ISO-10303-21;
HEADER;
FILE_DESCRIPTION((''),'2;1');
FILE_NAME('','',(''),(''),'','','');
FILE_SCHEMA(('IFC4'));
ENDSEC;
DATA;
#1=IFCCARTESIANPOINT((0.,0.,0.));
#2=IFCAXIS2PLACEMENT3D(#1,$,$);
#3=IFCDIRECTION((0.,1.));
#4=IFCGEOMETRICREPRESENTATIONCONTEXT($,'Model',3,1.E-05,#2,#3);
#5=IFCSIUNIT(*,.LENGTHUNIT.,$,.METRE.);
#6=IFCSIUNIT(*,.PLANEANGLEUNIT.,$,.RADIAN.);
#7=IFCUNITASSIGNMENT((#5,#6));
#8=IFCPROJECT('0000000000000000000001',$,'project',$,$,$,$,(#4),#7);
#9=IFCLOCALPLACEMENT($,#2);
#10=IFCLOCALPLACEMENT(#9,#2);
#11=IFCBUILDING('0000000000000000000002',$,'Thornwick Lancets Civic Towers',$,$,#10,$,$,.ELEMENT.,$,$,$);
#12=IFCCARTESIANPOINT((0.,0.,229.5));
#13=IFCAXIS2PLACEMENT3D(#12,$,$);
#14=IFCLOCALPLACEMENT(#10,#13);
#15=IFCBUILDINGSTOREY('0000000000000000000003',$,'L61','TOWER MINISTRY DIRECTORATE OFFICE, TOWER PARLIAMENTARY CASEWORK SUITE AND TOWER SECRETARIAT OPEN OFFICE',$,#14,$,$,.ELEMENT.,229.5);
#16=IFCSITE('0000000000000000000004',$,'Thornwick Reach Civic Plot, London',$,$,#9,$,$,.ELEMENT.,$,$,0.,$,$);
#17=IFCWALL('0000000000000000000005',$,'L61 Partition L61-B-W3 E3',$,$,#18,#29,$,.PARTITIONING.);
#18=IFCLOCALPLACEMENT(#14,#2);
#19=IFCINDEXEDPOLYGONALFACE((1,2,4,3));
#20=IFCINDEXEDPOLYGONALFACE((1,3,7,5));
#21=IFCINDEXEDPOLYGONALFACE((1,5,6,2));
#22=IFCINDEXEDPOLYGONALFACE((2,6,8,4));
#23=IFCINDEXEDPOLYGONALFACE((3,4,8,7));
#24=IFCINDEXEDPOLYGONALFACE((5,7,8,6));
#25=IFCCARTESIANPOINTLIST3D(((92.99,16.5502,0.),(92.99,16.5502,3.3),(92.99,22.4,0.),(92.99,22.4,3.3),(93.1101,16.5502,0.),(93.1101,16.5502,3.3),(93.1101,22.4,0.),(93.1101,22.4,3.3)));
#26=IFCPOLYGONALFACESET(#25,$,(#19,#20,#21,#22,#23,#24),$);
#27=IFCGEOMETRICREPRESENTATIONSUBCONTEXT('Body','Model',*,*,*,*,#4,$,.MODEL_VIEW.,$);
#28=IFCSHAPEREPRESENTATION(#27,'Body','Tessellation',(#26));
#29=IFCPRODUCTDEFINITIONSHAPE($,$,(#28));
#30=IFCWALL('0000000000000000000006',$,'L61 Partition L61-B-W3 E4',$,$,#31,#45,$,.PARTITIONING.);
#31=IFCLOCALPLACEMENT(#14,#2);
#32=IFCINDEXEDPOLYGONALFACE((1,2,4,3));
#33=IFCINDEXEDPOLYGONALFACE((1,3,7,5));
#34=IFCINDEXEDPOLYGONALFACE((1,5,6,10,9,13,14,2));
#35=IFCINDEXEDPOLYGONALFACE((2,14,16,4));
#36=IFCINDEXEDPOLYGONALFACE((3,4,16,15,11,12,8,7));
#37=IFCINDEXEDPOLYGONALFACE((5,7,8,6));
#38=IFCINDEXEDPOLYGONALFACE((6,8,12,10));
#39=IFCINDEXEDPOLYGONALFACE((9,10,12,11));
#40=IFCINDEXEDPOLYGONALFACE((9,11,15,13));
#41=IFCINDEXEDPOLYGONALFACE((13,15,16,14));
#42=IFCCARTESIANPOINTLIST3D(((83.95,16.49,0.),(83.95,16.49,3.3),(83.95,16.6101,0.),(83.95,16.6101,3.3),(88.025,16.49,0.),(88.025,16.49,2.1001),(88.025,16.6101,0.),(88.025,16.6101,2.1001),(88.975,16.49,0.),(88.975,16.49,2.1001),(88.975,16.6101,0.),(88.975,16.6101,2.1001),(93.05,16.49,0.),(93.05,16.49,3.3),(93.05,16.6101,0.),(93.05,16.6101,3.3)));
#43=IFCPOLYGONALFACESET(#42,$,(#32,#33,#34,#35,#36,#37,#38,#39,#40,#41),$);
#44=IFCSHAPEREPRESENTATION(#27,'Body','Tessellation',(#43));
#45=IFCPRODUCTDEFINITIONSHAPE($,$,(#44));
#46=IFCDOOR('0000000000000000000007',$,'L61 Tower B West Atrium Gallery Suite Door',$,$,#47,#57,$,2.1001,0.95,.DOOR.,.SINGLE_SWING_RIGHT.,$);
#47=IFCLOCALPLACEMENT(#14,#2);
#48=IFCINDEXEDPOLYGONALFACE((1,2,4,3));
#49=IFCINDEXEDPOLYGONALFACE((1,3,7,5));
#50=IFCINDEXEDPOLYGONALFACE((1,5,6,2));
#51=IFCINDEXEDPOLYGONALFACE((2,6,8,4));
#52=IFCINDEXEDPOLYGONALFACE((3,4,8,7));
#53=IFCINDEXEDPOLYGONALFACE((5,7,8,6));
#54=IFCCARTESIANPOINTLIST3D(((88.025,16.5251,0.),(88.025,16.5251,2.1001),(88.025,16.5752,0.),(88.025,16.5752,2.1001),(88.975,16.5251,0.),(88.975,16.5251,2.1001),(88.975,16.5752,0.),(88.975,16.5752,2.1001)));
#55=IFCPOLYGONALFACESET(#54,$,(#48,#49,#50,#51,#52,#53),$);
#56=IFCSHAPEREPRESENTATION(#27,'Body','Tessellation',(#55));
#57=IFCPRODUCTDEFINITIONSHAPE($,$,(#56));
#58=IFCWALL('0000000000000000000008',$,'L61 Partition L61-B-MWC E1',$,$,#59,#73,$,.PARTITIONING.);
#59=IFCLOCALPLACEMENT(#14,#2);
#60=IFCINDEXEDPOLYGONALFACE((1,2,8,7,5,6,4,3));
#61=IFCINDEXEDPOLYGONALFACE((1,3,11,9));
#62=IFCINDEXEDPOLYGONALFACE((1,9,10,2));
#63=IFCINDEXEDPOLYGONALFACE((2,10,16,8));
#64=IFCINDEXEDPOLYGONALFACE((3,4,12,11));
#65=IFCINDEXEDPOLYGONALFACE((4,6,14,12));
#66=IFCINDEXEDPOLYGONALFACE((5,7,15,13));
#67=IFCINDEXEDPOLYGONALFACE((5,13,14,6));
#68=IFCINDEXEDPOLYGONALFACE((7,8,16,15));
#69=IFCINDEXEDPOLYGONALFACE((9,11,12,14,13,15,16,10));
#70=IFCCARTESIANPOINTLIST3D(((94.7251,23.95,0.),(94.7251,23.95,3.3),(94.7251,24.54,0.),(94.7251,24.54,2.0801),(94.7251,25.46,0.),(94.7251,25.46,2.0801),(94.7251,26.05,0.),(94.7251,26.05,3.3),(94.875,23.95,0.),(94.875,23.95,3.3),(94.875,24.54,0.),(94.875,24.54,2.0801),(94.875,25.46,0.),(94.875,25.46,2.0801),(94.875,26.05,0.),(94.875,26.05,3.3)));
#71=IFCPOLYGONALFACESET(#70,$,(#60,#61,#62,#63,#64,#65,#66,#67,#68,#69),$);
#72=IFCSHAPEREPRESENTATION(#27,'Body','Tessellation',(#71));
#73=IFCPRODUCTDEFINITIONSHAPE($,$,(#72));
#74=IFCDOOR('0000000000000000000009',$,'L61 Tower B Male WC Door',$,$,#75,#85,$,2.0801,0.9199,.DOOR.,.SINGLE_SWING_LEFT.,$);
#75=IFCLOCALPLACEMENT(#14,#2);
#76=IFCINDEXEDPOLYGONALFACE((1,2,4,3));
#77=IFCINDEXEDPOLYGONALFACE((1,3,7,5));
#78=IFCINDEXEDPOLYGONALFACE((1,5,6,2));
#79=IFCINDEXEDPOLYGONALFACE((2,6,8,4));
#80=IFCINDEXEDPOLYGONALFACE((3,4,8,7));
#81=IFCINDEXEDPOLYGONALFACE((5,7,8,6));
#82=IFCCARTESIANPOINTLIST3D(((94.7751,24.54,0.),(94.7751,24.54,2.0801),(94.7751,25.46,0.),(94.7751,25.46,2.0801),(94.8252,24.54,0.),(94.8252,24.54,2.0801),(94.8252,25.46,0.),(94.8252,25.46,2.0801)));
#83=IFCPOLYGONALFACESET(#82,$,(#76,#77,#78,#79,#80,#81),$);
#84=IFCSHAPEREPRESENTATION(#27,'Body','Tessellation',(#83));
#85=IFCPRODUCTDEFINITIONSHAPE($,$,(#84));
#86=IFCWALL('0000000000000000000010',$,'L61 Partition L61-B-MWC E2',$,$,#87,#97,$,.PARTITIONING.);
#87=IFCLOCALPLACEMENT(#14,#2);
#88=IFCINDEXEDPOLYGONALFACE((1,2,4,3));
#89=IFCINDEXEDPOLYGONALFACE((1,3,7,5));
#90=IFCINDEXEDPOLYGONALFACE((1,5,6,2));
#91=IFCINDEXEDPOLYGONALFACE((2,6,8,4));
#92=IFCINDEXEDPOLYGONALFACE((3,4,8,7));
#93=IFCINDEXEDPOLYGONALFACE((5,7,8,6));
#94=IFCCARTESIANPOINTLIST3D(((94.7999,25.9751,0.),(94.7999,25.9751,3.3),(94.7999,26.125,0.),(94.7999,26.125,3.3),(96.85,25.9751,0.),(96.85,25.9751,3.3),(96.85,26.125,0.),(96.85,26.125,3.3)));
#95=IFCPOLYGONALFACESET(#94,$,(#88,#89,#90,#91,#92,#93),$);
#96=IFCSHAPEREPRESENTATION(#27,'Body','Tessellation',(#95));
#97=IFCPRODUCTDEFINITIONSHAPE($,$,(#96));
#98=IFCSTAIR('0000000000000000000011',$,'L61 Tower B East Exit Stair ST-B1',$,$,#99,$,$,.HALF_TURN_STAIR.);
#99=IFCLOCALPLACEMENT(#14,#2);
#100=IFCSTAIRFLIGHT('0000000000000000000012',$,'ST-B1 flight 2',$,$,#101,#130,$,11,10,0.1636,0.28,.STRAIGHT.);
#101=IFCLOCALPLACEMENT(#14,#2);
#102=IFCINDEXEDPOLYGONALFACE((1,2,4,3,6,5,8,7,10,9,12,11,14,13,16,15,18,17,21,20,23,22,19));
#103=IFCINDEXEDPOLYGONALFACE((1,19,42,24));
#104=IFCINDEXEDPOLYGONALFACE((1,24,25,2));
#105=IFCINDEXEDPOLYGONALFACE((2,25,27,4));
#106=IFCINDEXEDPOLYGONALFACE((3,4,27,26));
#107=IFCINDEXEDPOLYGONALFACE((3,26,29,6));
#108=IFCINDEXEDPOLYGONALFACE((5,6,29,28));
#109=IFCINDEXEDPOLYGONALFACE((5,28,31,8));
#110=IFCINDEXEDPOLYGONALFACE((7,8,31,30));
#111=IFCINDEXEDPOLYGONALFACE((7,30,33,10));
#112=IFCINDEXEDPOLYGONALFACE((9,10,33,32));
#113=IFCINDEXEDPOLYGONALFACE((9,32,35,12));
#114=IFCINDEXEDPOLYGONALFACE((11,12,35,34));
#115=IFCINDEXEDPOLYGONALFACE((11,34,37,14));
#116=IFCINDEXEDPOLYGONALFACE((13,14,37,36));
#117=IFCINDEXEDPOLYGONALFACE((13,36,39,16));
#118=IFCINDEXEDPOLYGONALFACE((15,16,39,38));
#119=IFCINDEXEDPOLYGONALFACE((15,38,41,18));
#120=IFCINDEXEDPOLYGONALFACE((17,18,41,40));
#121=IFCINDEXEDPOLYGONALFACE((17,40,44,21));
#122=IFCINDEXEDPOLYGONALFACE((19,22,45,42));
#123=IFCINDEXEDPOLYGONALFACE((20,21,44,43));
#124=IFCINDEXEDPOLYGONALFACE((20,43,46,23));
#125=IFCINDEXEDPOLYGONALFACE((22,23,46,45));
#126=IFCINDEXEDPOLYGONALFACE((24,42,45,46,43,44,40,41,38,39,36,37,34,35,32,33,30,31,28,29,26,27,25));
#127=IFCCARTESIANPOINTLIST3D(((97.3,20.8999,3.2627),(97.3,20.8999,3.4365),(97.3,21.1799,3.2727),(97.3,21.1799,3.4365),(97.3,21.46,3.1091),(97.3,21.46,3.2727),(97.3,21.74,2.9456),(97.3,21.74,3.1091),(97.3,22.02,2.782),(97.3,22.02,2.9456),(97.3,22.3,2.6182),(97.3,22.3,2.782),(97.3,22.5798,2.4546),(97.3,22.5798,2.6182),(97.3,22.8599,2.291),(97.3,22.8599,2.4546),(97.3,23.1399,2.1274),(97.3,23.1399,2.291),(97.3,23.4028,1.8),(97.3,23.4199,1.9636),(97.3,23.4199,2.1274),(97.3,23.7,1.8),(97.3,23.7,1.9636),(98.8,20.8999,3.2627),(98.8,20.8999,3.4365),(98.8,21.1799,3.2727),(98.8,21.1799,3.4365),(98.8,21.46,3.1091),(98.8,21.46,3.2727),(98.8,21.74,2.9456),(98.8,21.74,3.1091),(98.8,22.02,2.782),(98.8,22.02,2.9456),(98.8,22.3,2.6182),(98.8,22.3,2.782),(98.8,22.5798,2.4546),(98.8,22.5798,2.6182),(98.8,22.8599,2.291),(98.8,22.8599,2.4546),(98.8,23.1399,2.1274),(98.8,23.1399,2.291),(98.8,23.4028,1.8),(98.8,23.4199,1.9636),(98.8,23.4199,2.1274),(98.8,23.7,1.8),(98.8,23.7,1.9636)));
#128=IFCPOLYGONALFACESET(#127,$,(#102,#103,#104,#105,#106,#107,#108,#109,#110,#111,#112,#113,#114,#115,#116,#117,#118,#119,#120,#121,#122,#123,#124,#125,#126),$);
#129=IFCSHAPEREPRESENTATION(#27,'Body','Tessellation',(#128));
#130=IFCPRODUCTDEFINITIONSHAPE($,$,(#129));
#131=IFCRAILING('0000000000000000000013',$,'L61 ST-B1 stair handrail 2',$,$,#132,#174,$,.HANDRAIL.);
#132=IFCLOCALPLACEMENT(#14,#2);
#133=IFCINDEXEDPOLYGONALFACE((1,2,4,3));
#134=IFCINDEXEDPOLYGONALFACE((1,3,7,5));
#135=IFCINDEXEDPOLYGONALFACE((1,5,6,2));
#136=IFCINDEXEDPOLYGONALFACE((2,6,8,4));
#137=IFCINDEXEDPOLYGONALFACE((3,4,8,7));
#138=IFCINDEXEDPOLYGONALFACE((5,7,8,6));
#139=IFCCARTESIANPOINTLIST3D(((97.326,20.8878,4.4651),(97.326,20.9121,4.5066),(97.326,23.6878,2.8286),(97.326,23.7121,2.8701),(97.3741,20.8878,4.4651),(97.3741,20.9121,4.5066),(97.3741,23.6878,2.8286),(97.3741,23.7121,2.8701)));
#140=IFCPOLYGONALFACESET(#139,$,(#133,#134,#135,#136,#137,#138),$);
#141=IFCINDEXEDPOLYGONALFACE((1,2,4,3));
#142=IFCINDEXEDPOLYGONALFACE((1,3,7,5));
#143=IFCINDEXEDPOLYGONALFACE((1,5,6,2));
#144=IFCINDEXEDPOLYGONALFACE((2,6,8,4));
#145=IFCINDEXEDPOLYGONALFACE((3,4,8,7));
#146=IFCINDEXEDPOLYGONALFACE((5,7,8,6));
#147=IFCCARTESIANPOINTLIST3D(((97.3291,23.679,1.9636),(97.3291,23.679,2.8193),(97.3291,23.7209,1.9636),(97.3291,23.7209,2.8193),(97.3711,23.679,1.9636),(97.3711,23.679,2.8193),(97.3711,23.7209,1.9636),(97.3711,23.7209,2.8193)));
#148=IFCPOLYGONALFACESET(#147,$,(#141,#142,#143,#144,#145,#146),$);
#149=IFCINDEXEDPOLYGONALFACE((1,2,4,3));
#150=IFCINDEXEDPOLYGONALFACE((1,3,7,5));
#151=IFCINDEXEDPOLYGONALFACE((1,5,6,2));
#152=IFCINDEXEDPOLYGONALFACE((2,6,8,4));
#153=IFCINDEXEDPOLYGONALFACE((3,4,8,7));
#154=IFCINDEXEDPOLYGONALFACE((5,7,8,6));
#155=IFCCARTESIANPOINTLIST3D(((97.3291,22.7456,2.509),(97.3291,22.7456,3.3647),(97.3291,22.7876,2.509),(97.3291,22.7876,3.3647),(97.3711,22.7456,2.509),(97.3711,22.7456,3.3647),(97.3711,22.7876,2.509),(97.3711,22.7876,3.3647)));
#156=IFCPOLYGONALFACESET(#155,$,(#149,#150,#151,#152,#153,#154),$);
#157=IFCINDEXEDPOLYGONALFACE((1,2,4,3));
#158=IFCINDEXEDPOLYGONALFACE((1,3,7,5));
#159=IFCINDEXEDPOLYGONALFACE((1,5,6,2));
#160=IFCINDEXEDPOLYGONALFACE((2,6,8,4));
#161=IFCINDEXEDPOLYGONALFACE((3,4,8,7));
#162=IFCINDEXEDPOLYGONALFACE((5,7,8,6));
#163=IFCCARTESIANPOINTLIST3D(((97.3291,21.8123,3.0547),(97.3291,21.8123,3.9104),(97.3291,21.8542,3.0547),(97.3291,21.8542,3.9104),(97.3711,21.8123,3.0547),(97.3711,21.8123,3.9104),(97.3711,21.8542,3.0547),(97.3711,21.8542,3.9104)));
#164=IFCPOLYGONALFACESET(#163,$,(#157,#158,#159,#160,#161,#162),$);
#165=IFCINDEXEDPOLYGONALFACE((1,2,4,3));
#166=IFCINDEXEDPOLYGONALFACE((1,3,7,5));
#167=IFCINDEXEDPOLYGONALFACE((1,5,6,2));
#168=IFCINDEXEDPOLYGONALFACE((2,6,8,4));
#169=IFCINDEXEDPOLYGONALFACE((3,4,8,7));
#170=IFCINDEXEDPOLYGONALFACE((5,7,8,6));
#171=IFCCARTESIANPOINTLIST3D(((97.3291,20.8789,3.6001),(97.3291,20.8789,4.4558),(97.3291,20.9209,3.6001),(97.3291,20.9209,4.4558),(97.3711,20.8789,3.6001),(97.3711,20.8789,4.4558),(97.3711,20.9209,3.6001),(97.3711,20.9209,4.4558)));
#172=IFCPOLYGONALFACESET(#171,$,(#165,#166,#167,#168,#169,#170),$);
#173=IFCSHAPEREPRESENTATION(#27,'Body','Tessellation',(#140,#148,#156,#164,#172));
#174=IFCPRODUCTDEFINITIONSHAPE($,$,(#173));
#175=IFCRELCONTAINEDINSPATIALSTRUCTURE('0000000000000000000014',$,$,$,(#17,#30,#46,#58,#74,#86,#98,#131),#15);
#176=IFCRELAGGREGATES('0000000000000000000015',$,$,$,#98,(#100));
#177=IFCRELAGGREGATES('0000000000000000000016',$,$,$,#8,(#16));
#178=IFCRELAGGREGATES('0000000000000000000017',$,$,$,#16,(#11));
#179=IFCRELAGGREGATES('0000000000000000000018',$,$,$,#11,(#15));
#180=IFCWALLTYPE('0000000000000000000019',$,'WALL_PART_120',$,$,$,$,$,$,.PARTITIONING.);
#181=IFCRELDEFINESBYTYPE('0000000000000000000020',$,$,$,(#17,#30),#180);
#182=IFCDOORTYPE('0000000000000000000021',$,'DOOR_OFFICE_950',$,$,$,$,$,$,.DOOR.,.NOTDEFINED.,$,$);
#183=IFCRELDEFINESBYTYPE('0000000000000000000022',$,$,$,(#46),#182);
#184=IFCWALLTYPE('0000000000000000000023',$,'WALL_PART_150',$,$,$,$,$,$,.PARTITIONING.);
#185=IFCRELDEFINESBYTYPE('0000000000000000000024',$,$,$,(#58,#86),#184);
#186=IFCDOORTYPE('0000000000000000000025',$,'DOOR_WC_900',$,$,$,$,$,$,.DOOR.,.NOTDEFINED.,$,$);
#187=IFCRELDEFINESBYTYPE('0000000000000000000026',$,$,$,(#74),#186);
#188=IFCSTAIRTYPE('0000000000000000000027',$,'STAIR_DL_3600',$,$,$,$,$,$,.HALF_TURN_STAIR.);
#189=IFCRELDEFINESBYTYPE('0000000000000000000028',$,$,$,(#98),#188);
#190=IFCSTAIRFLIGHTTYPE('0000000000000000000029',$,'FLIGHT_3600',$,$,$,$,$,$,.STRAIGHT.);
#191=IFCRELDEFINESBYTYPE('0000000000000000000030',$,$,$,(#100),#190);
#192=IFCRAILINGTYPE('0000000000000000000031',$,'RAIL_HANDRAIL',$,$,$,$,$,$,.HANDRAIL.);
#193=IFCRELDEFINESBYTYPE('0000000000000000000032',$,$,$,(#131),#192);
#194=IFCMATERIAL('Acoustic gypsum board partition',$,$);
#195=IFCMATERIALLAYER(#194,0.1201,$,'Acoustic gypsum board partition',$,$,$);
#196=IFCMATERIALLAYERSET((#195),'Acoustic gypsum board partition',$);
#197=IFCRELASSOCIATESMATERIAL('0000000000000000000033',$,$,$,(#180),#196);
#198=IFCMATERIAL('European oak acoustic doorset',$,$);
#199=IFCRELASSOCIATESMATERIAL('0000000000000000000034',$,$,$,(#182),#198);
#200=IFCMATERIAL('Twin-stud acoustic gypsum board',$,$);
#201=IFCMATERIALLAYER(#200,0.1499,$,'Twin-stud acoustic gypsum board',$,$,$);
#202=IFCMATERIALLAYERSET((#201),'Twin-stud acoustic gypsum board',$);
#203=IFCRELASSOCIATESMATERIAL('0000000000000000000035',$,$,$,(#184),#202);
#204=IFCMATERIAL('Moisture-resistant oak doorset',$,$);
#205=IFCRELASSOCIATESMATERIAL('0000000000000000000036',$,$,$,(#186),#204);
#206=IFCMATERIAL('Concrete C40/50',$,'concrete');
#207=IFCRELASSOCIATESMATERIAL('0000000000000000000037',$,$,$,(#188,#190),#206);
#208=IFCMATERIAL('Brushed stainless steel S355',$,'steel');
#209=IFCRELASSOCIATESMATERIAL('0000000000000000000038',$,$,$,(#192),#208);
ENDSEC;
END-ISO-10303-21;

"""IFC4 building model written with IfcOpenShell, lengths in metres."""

from ifc_helpers import new_model, si_unit, direction, frame, frame_2d, origin, origin_2d, place, context, subcontext, project, spatial, polyline, rectangle, outline, extrude, material, layer, layer_set, type_object, element, fill, aggregate, save


model = new_model("IFC4")

# Units and contexts
model_context = context("Model", 3, precision=1e-05, world=origin(), true_north=direction((0.0, 1.0)))
body_context = subcontext(model_context, "Body", "Model", "MODEL_VIEW")
ifc_project = project(units=[si_unit("LENGTHUNIT", "METRE"), si_unit("PLANEANGLEUNIT", "RADIAN")], contexts=[model_context])

# Site, building, storey
site_placement = place(None, origin())
site = spatial("IfcSite", under=ifc_project, at=site_placement, Name="Thornwick Reach Civic Plot, London", CompositionType="ELEMENT", RefElevation=0.0)
building_placement = place(site_placement, origin())
building = spatial("IfcBuilding", under=site, at=building_placement, Name="Thornwick Lancets Civic Towers", CompositionType="ELEMENT")
storey_placement = place(building_placement, frame((0.0, 0.0, 229.5)))
storey = spatial("IfcBuildingStorey", under=building, at=storey_placement, Name="L61", Description="TOWER MINISTRY DIRECTORATE OFFICE, TOWER PARLIAMENTARY CASEWORK SUITE AND TOWER SECRETARIAT OPEN OFFICE", CompositionType="ELEMENT", Elevation=229.5)

# Shared definitions
ifc_material_1 = material(Name="Acoustic gypsum board partition")
ifc_layer_1 = layer(ifc_material_1, 0.1201, Name="Acoustic gypsum board partition")
ifc_layer_set_1 = layer_set([ifc_layer_1], Name="Acoustic gypsum board partition")
wall_type_1 = type_object("IfcWallType", Name="WALL_PART_120", PredefinedType="PARTITIONING", material=ifc_layer_set_1)

# Wall
wall_1_placement = place(storey_placement, frame((93.05, 22.3999, 0.0), z_axis=(0.0, 0.0, 1.0), x_axis=(0.0, -1.0, 0.0)))
element("IfcWall", 1, at=wall_1_placement, inside=storey, type_object=wall_type_1, Name="L61 Partition L61-B-W3 E3", PredefinedType="PARTITIONING", context=body_context, shape_type="SweptSolid", body=[
    extrude(rectangle(XDim=5.8499, YDim=0.1201, at=frame_2d((2.9248, 0.0))), origin(), (0.0, 0.0, 1.0), 3.3),
])

# Walls, openings, doors
wall_2_placement = place(storey_placement, frame((93.05, 16.55, 0.0), z_axis=(0.0, 0.0, 1.0), x_axis=(-1.0, 0.0, 0.0)))
wall_2 = element("IfcWall", 2, at=wall_2_placement, inside=storey, type_object=wall_type_1, Name="L61 Partition L61-B-W3 E4", PredefinedType="PARTITIONING", context=body_context, shape_type="SweptSolid", body=[
    extrude(rectangle(XDim=9.1001, YDim=0.1201, at=frame_2d((4.55, 0.0))), origin(), (0.0, 0.0, 1.0), 3.3),
])
opening_1_placement = place(wall_2_placement, frame((4.075, 0.0, 0.0)))
opening_1 = element("IfcOpeningElement", 3, at=opening_1_placement, cuts=wall_2, PredefinedType="OPENING", context=body_context, shape_type="SweptSolid", body=[
    extrude(rectangle(XDim=0.95, YDim=2.1001, at=frame_2d((0.4751, 1.05))), frame((0.0, 0.0701, 0.0), z_axis=(0.0, -1.0, 0.0), x_axis=(1.0, 0.0, 0.0)), (0.0, 0.0, 1.0), 0.1401),
])
ifc_material_2 = material(Name="European oak acoustic doorset")
door_type_1 = type_object("IfcDoorType", Name="DOOR_OFFICE_950", OperationType="NOTDEFINED", PredefinedType="DOOR", material=ifc_material_2)
door_1_placement = place(opening_1_placement, origin())
door_1 = element("IfcDoor", 4, at=door_1_placement, inside=storey, type_object=door_type_1, Name="L61 Tower B West Atrium Gallery Suite Door", OperationType="SINGLE_SWING_RIGHT", OverallHeight=2.1001, OverallWidth=0.95, PredefinedType="DOOR", context=body_context, shape_type="SweptSolid", body=[
    extrude(rectangle(XDim=0.95, YDim=2.1001, at=frame_2d((0.4751, 1.05))), frame((0.0, 0.0249, 0.0), z_axis=(0.0, -1.0, 0.0), x_axis=(1.0, 0.0, 0.0)), (0.0, 0.0, 1.0), 0.05),
])
fill(opening_1, door_1)
ifc_material_3 = material(Name="Twin-stud acoustic gypsum board")
ifc_layer_2 = layer(ifc_material_3, 0.1499, Name="Twin-stud acoustic gypsum board")
ifc_layer_set_2 = layer_set([ifc_layer_2], Name="Twin-stud acoustic gypsum board")
wall_type_2 = type_object("IfcWallType", Name="WALL_PART_150", PredefinedType="PARTITIONING", material=ifc_layer_set_2)
wall_3_placement = place(storey_placement, frame((94.8, 23.95, 0.0), z_axis=(0.0, 0.0, 1.0), x_axis=(0.0, 1.0, 0.0)))
wall_3 = element("IfcWall", 5, at=wall_3_placement, inside=storey, type_object=wall_type_2, Name="L61 Partition L61-B-MWC E1", PredefinedType="PARTITIONING", context=body_context, shape_type="SweptSolid", body=[
    extrude(rectangle(XDim=2.1001, YDim=0.1499, at=frame_2d((1.05, 0.0))), origin(), (0.0, 0.0, 1.0), 3.3),
])
opening_2_placement = place(wall_3_placement, frame((0.5901, 0.0, 0.0)))
opening_2 = element("IfcOpeningElement", 6, at=opening_2_placement, cuts=wall_3, PredefinedType="OPENING", context=body_context, shape_type="SweptSolid", body=[
    extrude(rectangle(XDim=0.9199, YDim=2.0801, at=frame_2d((0.46, 1.04))), frame((0.0, 0.085, 0.0), z_axis=(0.0, -1.0, 0.0), x_axis=(1.0, 0.0, 0.0)), (0.0, 0.0, 1.0), 0.1699),
])
ifc_material_4 = material(Name="Moisture-resistant oak doorset")
door_type_2 = type_object("IfcDoorType", Name="DOOR_WC_900", OperationType="NOTDEFINED", PredefinedType="DOOR", material=ifc_material_4)
door_2_placement = place(opening_2_placement, origin())
door_2 = element("IfcDoor", 7, at=door_2_placement, inside=storey, type_object=door_type_2, Name="L61 Tower B Male WC Door", OperationType="SINGLE_SWING_LEFT", OverallHeight=2.0801, OverallWidth=0.9199, PredefinedType="DOOR", context=body_context, shape_type="SweptSolid", body=[
    extrude(rectangle(XDim=0.9199, YDim=2.0801, at=frame_2d((0.46, 1.04))), frame((0.0, 0.0249, 0.0), z_axis=(0.0, -1.0, 0.0), x_axis=(1.0, 0.0, 0.0)), (0.0, 0.0, 1.0), 0.05),
])
fill(opening_2, door_2)

# Wall
wall_4_placement = place(storey_placement, frame((94.8, 26.05, 0.0), z_axis=(0.0, 0.0, 1.0), x_axis=(1.0, 0.0, 0.0)))
element("IfcWall", 8, at=wall_4_placement, inside=storey, type_object=wall_type_2, Name="L61 Partition L61-B-MWC E2", PredefinedType="PARTITIONING", context=body_context, shape_type="SweptSolid", body=[
    extrude(rectangle(XDim=2.05, YDim=0.1499, at=frame_2d((1.0249, 0.0))), origin(), (0.0, 0.0, 1.0), 3.3),
])

# Stair, stair flight
ifc_material_5 = material(Name="Concrete C40/50", Category="concrete")
stair_type = type_object("IfcStairType", Name="STAIR_DL_3600", PredefinedType="HALF_TURN_STAIR", material=ifc_material_5)
stair_placement = place(storey_placement, origin())
stair = element("IfcStair", 9, at=stair_placement, inside=storey, type_object=stair_type, Name="L61 Tower B East Exit Stair ST-B1", PredefinedType="HALF_TURN_STAIR")
stair_flight_type = type_object("IfcStairFlightType", Name="FLIGHT_3600", PredefinedType="STRAIGHT", material=ifc_material_5)
stair_flight_placement = place(storey_placement, frame((98.05, 23.7, 1.8), z_axis=(0.0, 0.0, 1.0), x_axis=(0.0, -1.0, 0.0)))
stair_flight = element("IfcStairFlight", 10, at=stair_flight_placement, type_object=stair_flight_type, Name="ST-B1 flight 2", NumberOfRisers=11, NumberOfTreads=10, PredefinedType="STRAIGHT", RiserHeight=0.1636, TreadLength=0.28, context=body_context, shape_type="SweptSolid", body=[
    extrude(outline(polyline([(0.0, 0.0), (0.0, 0.1636), (0.28, 0.1636), (0.28, 0.3274), (0.5601, 0.3274), (0.5601, 0.491), (0.8401, 0.491), (0.8401, 0.6545), (1.1201, 0.6545), (1.1201, 0.8181), (1.3999, 0.8181), (1.3999, 0.9819), (1.6799, 0.9819), (1.6799, 1.1455), (1.96, 1.1455), (1.96, 1.3091), (2.24, 1.3091), (2.24, 1.4727), (2.52, 1.4727), (2.52, 1.6365), (2.8, 1.6365), (2.8, 1.8), (2.8, 1.4626), (0.2971, 0.0), (0.0, 0.0)])), frame((0.0, 0.75, 0.0), z_axis=(0.0, -1.0, 0.0), x_axis=(1.0, 0.0, 0.0)), (0.0, 0.0, 1.0), 1.5),
])
aggregate(stair, [stair_flight])

# Railing
ifc_material_6 = material(Name="Brushed stainless steel S355", Category="steel")
railing_type_1 = type_object("IfcRailingType", Name="RAIL_HANDRAIL", PredefinedType="HANDRAIL", material=ifc_material_6)
railing_1_placement = place(storey_placement, frame((97.3501, 23.7, 1.9636)))
element("IfcRailing", 11, at=railing_1_placement, inside=storey, type_object=railing_type_1, Name="L61 ST-B1 stair handrail 2", PredefinedType="HANDRAIL", context=body_context, shape_type="SweptSolid", body=[
    extrude(rectangle(XDim=0.0481, YDim=0.0481, at=origin_2d()), frame((0.0, 0.0, 0.8857), z_axis=(0.0, -0.863361, 0.504587), x_axis=(1.0, 0.0, 0.0)), (0.0, 0.0, 1.0), 3.2432),
    extrude(rectangle(XDim=0.042, YDim=0.042, at=origin_2d()), origin(), (0.0, 0.0, 1.0), 0.8557),
    extrude(rectangle(XDim=0.042, YDim=0.042, at=origin_2d()), frame((0.0, -0.9333, 0.5454)), (0.0, 0.0, 1.0), 0.8557),
    extrude(rectangle(XDim=0.042, YDim=0.042, at=origin_2d()), frame((0.0, -1.8667, 1.0911)), (0.0, 0.0, 1.0), 0.8557),
    extrude(rectangle(XDim=0.042, YDim=0.042, at=origin_2d()), frame((0.0, -2.8, 1.6365)), (0.0, 0.0, 1.0), 0.8557),
])

save(model, "model.ifc")
